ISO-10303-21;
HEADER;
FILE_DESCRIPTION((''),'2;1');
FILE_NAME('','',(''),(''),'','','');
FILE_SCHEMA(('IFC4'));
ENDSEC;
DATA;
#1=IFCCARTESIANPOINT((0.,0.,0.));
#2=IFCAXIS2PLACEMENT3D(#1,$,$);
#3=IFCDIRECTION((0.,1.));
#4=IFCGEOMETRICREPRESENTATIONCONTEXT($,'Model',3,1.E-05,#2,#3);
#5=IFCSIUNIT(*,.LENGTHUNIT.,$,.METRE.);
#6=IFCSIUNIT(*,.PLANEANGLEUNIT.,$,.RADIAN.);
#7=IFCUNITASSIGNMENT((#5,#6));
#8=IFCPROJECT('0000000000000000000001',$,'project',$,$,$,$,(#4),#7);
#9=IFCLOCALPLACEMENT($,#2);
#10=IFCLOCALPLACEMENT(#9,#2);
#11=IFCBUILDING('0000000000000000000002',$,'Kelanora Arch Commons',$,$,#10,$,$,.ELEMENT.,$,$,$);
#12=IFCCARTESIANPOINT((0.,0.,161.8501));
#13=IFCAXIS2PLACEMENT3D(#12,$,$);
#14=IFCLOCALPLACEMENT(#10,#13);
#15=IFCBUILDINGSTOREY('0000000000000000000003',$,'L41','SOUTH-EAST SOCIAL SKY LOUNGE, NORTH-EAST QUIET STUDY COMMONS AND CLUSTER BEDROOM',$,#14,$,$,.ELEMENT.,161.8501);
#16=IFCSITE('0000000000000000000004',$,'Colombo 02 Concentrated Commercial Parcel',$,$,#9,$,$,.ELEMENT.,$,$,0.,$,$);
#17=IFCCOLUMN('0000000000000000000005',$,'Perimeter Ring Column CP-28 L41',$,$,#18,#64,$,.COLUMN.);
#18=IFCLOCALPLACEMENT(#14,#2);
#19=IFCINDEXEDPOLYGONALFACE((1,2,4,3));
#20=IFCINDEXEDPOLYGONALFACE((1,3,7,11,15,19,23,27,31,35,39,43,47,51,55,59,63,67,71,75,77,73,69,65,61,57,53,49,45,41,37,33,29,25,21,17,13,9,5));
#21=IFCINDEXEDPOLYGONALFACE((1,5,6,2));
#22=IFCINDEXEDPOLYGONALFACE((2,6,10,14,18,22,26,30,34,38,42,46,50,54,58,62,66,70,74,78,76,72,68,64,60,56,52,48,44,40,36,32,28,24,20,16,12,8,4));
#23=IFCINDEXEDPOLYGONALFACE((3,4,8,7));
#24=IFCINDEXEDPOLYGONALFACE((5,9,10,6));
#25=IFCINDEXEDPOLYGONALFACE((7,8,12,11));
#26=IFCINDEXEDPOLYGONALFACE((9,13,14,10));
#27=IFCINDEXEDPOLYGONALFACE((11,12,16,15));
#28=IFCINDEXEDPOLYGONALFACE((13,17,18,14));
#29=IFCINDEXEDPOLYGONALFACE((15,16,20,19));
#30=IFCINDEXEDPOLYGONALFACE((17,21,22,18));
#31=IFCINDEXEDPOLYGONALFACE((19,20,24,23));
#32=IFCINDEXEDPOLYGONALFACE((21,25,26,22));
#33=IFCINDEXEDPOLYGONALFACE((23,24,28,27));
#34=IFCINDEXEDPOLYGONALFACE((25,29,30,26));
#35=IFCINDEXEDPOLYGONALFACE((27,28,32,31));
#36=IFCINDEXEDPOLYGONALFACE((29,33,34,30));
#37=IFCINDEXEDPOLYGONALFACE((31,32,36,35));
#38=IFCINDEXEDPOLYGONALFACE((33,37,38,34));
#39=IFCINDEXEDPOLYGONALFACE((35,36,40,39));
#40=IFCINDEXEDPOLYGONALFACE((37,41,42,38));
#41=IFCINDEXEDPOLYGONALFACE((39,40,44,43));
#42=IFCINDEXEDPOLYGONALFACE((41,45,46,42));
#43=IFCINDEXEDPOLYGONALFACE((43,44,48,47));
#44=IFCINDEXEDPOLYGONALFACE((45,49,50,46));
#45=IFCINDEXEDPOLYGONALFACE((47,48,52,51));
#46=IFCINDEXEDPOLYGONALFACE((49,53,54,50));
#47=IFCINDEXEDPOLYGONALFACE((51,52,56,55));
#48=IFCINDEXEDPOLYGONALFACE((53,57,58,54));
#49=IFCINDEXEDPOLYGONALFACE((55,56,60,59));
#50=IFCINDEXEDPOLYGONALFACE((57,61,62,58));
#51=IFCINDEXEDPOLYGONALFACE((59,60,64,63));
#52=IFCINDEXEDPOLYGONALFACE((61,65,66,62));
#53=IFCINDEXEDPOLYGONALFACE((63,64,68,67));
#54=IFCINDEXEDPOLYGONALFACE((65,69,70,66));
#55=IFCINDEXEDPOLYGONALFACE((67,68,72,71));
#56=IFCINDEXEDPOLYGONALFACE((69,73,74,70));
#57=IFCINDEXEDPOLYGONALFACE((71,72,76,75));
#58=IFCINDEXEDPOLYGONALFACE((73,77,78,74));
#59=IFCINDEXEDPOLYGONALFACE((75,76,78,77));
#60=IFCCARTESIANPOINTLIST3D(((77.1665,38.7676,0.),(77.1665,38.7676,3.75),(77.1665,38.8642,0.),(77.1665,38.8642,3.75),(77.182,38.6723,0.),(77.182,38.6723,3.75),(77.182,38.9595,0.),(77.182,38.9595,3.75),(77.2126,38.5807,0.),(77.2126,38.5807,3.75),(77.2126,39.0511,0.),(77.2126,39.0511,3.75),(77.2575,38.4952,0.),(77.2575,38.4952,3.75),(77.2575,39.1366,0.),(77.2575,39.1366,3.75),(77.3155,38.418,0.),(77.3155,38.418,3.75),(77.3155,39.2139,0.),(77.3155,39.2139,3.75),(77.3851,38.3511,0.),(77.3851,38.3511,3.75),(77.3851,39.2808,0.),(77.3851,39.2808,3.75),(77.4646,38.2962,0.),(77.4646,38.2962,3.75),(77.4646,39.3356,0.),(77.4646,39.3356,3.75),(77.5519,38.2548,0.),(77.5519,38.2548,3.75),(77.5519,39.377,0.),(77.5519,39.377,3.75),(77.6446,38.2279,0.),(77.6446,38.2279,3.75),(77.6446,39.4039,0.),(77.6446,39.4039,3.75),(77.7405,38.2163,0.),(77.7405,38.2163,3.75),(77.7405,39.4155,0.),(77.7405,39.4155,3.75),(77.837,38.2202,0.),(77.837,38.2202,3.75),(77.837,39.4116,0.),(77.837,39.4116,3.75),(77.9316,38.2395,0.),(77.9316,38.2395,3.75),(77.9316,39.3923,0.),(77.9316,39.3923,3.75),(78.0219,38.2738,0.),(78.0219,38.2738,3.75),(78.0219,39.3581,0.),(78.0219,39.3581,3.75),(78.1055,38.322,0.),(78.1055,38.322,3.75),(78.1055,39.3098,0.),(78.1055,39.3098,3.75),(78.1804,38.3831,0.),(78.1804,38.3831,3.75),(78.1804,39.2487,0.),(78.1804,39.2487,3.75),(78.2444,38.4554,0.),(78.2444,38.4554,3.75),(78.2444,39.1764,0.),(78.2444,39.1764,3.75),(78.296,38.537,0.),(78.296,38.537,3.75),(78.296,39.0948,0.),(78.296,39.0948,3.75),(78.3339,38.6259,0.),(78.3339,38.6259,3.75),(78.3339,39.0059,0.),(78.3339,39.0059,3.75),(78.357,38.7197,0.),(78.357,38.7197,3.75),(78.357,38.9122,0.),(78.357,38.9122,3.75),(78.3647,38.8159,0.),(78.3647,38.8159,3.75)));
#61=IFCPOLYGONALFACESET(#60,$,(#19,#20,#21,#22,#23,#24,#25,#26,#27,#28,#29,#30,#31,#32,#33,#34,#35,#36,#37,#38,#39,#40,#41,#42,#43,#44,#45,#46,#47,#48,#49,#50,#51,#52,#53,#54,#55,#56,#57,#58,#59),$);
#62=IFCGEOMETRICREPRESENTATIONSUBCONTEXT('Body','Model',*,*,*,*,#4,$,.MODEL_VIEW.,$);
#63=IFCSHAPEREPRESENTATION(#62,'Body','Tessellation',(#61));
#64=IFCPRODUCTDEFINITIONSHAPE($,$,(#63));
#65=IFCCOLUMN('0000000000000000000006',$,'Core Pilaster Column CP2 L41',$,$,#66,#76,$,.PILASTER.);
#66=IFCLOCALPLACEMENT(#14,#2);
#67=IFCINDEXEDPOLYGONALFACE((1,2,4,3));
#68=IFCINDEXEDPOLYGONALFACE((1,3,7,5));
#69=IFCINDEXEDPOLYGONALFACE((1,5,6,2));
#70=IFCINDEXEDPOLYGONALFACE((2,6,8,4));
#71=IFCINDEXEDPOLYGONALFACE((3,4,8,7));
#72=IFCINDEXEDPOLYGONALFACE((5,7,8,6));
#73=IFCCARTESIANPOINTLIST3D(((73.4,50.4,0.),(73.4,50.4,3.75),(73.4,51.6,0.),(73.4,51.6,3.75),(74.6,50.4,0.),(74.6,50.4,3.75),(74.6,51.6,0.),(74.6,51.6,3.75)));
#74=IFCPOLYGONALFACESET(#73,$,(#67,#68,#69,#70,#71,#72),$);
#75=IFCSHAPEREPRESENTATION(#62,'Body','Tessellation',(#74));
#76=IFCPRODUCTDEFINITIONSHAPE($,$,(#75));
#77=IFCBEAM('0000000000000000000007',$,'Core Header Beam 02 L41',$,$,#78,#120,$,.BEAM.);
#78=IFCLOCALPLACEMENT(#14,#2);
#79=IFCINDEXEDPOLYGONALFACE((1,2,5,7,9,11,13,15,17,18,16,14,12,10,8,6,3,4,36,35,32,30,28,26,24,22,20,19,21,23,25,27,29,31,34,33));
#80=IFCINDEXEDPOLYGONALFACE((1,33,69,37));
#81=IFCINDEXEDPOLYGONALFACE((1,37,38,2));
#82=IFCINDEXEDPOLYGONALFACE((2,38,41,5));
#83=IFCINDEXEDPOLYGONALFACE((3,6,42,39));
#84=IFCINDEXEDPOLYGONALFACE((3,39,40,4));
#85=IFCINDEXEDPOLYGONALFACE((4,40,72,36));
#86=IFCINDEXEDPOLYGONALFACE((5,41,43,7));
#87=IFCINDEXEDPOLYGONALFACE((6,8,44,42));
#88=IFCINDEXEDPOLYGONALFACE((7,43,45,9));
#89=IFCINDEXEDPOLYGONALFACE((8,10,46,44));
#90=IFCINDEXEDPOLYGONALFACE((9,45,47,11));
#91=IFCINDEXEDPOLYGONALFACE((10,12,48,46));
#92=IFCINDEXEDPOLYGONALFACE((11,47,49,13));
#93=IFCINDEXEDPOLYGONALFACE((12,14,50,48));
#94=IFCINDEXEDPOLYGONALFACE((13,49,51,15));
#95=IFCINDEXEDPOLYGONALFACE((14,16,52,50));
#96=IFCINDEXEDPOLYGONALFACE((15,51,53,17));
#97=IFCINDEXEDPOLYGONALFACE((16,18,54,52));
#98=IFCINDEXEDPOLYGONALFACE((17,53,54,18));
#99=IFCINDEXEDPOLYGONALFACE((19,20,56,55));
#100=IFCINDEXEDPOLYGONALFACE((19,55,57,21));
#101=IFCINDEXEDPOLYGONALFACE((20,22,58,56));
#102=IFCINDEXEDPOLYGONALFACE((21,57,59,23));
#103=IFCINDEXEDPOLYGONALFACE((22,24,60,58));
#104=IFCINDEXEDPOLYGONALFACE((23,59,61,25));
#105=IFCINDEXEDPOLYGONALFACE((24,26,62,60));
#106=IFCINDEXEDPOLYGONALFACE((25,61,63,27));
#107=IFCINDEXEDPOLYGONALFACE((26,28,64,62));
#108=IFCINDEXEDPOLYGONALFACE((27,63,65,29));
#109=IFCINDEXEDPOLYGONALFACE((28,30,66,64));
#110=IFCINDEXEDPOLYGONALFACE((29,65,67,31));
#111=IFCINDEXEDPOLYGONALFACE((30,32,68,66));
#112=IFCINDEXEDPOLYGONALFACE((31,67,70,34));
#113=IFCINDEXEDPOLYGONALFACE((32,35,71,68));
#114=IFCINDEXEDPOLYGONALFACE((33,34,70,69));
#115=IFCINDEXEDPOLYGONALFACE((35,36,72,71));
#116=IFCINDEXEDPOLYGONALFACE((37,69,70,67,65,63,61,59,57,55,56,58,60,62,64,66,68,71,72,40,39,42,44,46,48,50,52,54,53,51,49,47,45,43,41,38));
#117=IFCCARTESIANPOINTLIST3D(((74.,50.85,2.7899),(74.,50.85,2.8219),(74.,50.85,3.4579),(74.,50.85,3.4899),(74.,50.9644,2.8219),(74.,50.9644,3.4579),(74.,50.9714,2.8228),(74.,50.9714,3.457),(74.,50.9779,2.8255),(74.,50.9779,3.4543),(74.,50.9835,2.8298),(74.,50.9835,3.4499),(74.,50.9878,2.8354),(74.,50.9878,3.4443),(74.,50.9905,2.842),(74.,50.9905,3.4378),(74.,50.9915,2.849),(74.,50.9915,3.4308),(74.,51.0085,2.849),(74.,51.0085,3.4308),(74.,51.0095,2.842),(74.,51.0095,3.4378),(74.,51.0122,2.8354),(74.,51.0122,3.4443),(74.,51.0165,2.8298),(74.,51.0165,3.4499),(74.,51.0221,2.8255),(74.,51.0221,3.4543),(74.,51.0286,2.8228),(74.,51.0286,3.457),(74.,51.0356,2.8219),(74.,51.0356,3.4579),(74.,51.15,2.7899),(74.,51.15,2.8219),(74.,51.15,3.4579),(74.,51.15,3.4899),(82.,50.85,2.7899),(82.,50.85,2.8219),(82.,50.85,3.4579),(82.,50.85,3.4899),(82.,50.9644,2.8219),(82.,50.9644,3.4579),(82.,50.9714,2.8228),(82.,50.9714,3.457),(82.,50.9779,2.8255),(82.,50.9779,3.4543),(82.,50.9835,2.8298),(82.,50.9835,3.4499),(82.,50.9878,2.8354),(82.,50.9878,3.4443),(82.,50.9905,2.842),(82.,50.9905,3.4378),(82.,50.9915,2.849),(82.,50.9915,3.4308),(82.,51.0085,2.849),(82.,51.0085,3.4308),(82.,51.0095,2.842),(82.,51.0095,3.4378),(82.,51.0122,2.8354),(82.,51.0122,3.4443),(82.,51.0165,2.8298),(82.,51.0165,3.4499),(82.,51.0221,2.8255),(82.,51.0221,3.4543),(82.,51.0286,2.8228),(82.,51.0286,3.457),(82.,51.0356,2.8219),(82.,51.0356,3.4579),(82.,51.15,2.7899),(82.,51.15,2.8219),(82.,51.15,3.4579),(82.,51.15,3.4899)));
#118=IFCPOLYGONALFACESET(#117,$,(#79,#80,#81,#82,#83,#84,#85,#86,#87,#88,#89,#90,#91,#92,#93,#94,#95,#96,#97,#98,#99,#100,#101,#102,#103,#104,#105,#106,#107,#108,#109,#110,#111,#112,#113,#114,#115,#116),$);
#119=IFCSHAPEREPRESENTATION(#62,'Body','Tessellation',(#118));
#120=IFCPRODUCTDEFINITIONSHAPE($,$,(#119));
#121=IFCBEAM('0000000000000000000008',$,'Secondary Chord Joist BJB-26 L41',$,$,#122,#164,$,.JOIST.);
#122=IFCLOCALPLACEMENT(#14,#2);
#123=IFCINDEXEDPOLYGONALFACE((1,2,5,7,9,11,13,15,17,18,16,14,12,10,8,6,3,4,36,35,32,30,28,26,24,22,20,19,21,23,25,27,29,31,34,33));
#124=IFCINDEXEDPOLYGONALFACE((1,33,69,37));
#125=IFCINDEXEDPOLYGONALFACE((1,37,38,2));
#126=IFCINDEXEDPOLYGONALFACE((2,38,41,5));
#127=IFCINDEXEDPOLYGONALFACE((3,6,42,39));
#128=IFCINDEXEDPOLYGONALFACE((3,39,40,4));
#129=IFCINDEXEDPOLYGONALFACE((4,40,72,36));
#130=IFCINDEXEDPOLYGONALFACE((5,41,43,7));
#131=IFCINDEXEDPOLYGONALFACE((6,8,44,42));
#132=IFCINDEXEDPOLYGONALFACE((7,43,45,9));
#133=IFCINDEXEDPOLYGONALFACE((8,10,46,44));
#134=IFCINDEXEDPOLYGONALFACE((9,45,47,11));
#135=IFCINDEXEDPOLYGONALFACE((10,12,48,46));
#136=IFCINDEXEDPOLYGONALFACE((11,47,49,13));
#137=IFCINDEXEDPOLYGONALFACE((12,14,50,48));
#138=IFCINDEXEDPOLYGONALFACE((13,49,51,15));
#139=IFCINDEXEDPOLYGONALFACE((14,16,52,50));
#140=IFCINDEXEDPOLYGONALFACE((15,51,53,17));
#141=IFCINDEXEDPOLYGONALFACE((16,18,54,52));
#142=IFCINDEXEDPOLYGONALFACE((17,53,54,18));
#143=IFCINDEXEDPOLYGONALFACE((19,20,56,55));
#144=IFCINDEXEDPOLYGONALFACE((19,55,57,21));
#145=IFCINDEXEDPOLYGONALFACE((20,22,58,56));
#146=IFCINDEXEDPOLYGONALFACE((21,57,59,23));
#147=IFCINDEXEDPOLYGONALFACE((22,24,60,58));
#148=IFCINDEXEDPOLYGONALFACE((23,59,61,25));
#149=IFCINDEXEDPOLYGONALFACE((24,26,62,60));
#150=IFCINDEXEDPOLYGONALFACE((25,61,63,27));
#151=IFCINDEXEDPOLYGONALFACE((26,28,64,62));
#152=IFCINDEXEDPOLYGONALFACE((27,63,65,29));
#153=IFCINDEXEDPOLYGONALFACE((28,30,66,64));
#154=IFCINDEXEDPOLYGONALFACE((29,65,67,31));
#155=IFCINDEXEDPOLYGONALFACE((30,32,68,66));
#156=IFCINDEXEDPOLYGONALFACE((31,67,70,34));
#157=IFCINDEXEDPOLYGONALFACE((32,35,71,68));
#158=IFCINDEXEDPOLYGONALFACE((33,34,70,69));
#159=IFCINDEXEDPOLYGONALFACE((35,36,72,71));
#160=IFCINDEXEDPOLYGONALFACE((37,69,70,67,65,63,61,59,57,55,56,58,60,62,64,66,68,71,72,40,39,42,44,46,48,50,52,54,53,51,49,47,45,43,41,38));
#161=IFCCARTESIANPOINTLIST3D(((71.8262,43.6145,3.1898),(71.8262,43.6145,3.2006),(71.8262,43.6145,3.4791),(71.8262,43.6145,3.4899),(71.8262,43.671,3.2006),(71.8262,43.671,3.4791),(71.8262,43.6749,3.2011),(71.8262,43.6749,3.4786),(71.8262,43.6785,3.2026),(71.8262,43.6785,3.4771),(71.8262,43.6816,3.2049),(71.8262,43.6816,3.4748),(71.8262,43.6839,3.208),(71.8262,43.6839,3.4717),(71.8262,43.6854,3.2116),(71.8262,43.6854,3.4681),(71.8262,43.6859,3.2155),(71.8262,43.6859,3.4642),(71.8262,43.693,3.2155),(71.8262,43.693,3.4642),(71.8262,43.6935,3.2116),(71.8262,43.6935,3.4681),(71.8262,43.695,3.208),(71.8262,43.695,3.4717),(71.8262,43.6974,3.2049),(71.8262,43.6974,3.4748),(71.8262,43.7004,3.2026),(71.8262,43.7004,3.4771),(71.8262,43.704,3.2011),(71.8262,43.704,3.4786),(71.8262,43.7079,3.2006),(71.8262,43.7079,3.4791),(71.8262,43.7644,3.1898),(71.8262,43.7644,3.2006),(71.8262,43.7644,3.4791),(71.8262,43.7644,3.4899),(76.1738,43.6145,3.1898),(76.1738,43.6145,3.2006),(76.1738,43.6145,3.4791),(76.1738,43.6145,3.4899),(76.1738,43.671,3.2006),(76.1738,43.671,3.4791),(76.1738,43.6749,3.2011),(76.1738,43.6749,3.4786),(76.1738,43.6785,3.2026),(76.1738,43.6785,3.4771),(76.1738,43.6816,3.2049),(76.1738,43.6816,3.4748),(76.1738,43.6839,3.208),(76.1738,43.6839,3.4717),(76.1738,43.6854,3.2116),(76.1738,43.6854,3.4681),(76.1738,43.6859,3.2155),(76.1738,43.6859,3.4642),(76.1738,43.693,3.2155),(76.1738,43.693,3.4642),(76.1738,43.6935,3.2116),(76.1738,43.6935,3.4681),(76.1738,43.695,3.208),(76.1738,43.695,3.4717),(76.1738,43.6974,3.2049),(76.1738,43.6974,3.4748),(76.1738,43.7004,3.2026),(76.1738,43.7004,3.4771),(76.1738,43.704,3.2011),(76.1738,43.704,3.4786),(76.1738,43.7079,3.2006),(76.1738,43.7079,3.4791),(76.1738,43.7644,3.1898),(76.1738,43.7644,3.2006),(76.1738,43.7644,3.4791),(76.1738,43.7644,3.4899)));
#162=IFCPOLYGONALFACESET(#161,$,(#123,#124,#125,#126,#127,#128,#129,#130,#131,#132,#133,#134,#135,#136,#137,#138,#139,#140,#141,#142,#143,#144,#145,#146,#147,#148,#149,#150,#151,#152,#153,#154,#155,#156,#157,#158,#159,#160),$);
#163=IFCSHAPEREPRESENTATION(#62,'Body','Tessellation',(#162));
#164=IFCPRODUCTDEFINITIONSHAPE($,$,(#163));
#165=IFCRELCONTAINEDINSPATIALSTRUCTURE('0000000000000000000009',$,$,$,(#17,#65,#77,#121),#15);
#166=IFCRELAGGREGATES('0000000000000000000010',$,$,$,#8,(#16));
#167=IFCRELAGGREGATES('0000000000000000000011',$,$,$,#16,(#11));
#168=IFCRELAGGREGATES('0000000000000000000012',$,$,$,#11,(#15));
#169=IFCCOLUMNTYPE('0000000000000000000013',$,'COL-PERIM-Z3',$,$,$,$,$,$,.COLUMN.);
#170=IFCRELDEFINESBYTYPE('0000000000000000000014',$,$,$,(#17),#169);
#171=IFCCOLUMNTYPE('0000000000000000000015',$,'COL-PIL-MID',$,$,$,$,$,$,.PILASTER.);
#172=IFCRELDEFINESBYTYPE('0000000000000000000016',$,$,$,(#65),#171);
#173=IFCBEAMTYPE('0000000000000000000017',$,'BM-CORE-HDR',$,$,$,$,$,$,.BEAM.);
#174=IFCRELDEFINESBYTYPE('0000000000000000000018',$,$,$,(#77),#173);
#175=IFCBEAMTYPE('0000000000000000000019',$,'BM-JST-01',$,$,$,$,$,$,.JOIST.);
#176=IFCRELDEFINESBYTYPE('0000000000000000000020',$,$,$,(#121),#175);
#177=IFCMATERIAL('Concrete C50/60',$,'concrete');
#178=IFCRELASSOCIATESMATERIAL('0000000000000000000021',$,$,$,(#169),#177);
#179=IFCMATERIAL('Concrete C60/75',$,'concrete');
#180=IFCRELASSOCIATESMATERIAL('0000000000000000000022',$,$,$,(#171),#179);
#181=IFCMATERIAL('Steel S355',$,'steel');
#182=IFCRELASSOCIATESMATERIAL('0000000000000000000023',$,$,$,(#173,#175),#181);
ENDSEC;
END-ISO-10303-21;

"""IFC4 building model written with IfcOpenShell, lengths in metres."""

from ifc_helpers import new_model, si_unit, direction, frame, origin, origin_2d, place, context, subcontext, project, spatial, rectangle, circle, i_section, extrude, material, material_profile, profile_set, type_object, element, save


model = new_model("IFC4")

# Units and contexts
model_context = context("Model", 3, precision=1e-05, world=origin(), true_north=direction((0.0, 1.0)))
body_context = subcontext(model_context, "Body", "Model", "MODEL_VIEW")
ifc_project = project(units=[si_unit("LENGTHUNIT", "METRE"), si_unit("PLANEANGLEUNIT", "RADIAN")], contexts=[model_context])

# Site, building, storey
site_placement = place(None, origin())
site = spatial("IfcSite", under=ifc_project, at=site_placement, Name="Colombo 02 Concentrated Commercial Parcel", CompositionType="ELEMENT", RefElevation=0.0)
building_placement = place(site_placement, origin())
building = spatial("IfcBuilding", under=site, at=building_placement, Name="Kelanora Arch Commons", CompositionType="ELEMENT")
storey_placement = place(building_placement, frame((0.0, 0.0, 161.8501)))
storey = spatial("IfcBuildingStorey", under=building, at=storey_placement, Name="L41", Description="SOUTH-EAST SOCIAL SKY LOUNGE, NORTH-EAST QUIET STUDY COMMONS AND CLUSTER BEDROOM", CompositionType="ELEMENT", Elevation=161.8501)

# Columns
ifc_material_1 = material(Name="Concrete C50/60", Category="concrete")
ifc_material_profile_1 = material_profile(ifc_material_1, circle(Radius=0.6001, at=origin_2d()), Name="RCC1200")
ifc_profile_set_1 = profile_set([ifc_material_profile_1], Name="Concrete C50/60")
column_type_1 = type_object("IfcColumnType", Name="COL-PERIM-Z3", PredefinedType="COLUMN", material=ifc_profile_set_1)
column_1_placement = place(storey_placement, frame((77.7646, 38.8159, 0.0), z_axis=(0.0, 0.0, 1.0), x_axis=(1.0, 0.0, 0.0)))
element("IfcColumn", 1, at=column_1_placement, inside=storey, type_object=column_type_1, Name="Perimeter Ring Column CP-28 L41", PredefinedType="COLUMN", context=body_context, shape_type="SweptSolid", body=[
    extrude(circle(Radius=0.6001, at=origin_2d()), origin(), (0.0, 0.0, 1.0), 3.75),
])
ifc_material_2 = material(Name="Concrete C60/75", Category="concrete")
ifc_material_profile_2 = material_profile(ifc_material_2, rectangle(XDim=1.2, YDim=1.2, at=origin_2d()), Name="RC1200x1200")
ifc_profile_set_2 = profile_set([ifc_material_profile_2], Name="Concrete C60/75")
column_type_2 = type_object("IfcColumnType", Name="COL-PIL-MID", PredefinedType="PILASTER", material=ifc_profile_set_2)
column_2_placement = place(storey_placement, frame((74.0, 51.0, 0.0), z_axis=(0.0, 0.0, 1.0), x_axis=(1.0, 0.0, 0.0)))
element("IfcColumn", 2, at=column_2_placement, inside=storey, type_object=column_type_2, Name="Core Pilaster Column CP2 L41", PredefinedType="PILASTER", context=body_context, shape_type="SweptSolid", body=[
    extrude(rectangle(XDim=1.2, YDim=1.2, at=origin_2d()), origin(), (0.0, 0.0, 1.0), 3.75),
])

# Beams
ifc_material_3 = material(Name="Steel S355", Category="steel")
ifc_material_profile_3 = material_profile(ifc_material_3, i_section(OverallWidth=0.3, OverallDepth=0.7, WebThickness=0.0171, FlangeThickness=0.032, FilletRadius=0.0271, at=origin_2d()), Name="HEB700")
ifc_profile_set_3 = profile_set([ifc_material_profile_3], Name="Steel S355")
beam_type_1 = type_object("IfcBeamType", Name="BM-CORE-HDR", PredefinedType="BEAM", material=ifc_profile_set_3)
beam_1_placement = place(storey_placement, frame((74.0, 51.0, 3.1399), z_axis=(1.0, 0.0, 0.0), x_axis=(0.0, 1.0, 0.0)))
element("IfcBeam", 3, at=beam_1_placement, inside=storey, type_object=beam_type_1, Name="Core Header Beam 02 L41", PredefinedType="BEAM", context=body_context, shape_type="SweptSolid", body=[
    extrude(i_section(OverallWidth=0.3, OverallDepth=0.7, WebThickness=0.0171, FlangeThickness=0.032, FilletRadius=0.0271, at=origin_2d()), origin(), (0.0, 0.0, 1.0), 8.0),
])
ifc_material_profile_4 = material_profile(ifc_material_3, i_section(OverallWidth=0.1499, OverallDepth=0.3, WebThickness=0.0071, FlangeThickness=0.0107, FilletRadius=0.0149, at=origin_2d()), Name="IPE300")
ifc_profile_set_4 = profile_set([ifc_material_profile_4], Name="Steel S355")
beam_type_2 = type_object("IfcBeamType", Name="BM-JST-01", PredefinedType="JOIST", material=ifc_profile_set_4)
beam_2_placement = place(storey_placement, frame((71.8262, 43.6895, 3.3398), z_axis=(1.0, 0.0, 0.0), x_axis=(0.0, 1.0, 0.0)))
element("IfcBeam", 4, at=beam_2_placement, inside=storey, type_object=beam_type_2, Name="Secondary Chord Joist BJB-26 L41", PredefinedType="JOIST", context=body_context, shape_type="SweptSolid", body=[
    extrude(i_section(OverallWidth=0.1499, OverallDepth=0.3, WebThickness=0.0071, FlangeThickness=0.0107, FilletRadius=0.0149, at=origin_2d()), origin(), (0.0, 0.0, 1.0), 4.3477),
])

save(model, "model.ifc")
